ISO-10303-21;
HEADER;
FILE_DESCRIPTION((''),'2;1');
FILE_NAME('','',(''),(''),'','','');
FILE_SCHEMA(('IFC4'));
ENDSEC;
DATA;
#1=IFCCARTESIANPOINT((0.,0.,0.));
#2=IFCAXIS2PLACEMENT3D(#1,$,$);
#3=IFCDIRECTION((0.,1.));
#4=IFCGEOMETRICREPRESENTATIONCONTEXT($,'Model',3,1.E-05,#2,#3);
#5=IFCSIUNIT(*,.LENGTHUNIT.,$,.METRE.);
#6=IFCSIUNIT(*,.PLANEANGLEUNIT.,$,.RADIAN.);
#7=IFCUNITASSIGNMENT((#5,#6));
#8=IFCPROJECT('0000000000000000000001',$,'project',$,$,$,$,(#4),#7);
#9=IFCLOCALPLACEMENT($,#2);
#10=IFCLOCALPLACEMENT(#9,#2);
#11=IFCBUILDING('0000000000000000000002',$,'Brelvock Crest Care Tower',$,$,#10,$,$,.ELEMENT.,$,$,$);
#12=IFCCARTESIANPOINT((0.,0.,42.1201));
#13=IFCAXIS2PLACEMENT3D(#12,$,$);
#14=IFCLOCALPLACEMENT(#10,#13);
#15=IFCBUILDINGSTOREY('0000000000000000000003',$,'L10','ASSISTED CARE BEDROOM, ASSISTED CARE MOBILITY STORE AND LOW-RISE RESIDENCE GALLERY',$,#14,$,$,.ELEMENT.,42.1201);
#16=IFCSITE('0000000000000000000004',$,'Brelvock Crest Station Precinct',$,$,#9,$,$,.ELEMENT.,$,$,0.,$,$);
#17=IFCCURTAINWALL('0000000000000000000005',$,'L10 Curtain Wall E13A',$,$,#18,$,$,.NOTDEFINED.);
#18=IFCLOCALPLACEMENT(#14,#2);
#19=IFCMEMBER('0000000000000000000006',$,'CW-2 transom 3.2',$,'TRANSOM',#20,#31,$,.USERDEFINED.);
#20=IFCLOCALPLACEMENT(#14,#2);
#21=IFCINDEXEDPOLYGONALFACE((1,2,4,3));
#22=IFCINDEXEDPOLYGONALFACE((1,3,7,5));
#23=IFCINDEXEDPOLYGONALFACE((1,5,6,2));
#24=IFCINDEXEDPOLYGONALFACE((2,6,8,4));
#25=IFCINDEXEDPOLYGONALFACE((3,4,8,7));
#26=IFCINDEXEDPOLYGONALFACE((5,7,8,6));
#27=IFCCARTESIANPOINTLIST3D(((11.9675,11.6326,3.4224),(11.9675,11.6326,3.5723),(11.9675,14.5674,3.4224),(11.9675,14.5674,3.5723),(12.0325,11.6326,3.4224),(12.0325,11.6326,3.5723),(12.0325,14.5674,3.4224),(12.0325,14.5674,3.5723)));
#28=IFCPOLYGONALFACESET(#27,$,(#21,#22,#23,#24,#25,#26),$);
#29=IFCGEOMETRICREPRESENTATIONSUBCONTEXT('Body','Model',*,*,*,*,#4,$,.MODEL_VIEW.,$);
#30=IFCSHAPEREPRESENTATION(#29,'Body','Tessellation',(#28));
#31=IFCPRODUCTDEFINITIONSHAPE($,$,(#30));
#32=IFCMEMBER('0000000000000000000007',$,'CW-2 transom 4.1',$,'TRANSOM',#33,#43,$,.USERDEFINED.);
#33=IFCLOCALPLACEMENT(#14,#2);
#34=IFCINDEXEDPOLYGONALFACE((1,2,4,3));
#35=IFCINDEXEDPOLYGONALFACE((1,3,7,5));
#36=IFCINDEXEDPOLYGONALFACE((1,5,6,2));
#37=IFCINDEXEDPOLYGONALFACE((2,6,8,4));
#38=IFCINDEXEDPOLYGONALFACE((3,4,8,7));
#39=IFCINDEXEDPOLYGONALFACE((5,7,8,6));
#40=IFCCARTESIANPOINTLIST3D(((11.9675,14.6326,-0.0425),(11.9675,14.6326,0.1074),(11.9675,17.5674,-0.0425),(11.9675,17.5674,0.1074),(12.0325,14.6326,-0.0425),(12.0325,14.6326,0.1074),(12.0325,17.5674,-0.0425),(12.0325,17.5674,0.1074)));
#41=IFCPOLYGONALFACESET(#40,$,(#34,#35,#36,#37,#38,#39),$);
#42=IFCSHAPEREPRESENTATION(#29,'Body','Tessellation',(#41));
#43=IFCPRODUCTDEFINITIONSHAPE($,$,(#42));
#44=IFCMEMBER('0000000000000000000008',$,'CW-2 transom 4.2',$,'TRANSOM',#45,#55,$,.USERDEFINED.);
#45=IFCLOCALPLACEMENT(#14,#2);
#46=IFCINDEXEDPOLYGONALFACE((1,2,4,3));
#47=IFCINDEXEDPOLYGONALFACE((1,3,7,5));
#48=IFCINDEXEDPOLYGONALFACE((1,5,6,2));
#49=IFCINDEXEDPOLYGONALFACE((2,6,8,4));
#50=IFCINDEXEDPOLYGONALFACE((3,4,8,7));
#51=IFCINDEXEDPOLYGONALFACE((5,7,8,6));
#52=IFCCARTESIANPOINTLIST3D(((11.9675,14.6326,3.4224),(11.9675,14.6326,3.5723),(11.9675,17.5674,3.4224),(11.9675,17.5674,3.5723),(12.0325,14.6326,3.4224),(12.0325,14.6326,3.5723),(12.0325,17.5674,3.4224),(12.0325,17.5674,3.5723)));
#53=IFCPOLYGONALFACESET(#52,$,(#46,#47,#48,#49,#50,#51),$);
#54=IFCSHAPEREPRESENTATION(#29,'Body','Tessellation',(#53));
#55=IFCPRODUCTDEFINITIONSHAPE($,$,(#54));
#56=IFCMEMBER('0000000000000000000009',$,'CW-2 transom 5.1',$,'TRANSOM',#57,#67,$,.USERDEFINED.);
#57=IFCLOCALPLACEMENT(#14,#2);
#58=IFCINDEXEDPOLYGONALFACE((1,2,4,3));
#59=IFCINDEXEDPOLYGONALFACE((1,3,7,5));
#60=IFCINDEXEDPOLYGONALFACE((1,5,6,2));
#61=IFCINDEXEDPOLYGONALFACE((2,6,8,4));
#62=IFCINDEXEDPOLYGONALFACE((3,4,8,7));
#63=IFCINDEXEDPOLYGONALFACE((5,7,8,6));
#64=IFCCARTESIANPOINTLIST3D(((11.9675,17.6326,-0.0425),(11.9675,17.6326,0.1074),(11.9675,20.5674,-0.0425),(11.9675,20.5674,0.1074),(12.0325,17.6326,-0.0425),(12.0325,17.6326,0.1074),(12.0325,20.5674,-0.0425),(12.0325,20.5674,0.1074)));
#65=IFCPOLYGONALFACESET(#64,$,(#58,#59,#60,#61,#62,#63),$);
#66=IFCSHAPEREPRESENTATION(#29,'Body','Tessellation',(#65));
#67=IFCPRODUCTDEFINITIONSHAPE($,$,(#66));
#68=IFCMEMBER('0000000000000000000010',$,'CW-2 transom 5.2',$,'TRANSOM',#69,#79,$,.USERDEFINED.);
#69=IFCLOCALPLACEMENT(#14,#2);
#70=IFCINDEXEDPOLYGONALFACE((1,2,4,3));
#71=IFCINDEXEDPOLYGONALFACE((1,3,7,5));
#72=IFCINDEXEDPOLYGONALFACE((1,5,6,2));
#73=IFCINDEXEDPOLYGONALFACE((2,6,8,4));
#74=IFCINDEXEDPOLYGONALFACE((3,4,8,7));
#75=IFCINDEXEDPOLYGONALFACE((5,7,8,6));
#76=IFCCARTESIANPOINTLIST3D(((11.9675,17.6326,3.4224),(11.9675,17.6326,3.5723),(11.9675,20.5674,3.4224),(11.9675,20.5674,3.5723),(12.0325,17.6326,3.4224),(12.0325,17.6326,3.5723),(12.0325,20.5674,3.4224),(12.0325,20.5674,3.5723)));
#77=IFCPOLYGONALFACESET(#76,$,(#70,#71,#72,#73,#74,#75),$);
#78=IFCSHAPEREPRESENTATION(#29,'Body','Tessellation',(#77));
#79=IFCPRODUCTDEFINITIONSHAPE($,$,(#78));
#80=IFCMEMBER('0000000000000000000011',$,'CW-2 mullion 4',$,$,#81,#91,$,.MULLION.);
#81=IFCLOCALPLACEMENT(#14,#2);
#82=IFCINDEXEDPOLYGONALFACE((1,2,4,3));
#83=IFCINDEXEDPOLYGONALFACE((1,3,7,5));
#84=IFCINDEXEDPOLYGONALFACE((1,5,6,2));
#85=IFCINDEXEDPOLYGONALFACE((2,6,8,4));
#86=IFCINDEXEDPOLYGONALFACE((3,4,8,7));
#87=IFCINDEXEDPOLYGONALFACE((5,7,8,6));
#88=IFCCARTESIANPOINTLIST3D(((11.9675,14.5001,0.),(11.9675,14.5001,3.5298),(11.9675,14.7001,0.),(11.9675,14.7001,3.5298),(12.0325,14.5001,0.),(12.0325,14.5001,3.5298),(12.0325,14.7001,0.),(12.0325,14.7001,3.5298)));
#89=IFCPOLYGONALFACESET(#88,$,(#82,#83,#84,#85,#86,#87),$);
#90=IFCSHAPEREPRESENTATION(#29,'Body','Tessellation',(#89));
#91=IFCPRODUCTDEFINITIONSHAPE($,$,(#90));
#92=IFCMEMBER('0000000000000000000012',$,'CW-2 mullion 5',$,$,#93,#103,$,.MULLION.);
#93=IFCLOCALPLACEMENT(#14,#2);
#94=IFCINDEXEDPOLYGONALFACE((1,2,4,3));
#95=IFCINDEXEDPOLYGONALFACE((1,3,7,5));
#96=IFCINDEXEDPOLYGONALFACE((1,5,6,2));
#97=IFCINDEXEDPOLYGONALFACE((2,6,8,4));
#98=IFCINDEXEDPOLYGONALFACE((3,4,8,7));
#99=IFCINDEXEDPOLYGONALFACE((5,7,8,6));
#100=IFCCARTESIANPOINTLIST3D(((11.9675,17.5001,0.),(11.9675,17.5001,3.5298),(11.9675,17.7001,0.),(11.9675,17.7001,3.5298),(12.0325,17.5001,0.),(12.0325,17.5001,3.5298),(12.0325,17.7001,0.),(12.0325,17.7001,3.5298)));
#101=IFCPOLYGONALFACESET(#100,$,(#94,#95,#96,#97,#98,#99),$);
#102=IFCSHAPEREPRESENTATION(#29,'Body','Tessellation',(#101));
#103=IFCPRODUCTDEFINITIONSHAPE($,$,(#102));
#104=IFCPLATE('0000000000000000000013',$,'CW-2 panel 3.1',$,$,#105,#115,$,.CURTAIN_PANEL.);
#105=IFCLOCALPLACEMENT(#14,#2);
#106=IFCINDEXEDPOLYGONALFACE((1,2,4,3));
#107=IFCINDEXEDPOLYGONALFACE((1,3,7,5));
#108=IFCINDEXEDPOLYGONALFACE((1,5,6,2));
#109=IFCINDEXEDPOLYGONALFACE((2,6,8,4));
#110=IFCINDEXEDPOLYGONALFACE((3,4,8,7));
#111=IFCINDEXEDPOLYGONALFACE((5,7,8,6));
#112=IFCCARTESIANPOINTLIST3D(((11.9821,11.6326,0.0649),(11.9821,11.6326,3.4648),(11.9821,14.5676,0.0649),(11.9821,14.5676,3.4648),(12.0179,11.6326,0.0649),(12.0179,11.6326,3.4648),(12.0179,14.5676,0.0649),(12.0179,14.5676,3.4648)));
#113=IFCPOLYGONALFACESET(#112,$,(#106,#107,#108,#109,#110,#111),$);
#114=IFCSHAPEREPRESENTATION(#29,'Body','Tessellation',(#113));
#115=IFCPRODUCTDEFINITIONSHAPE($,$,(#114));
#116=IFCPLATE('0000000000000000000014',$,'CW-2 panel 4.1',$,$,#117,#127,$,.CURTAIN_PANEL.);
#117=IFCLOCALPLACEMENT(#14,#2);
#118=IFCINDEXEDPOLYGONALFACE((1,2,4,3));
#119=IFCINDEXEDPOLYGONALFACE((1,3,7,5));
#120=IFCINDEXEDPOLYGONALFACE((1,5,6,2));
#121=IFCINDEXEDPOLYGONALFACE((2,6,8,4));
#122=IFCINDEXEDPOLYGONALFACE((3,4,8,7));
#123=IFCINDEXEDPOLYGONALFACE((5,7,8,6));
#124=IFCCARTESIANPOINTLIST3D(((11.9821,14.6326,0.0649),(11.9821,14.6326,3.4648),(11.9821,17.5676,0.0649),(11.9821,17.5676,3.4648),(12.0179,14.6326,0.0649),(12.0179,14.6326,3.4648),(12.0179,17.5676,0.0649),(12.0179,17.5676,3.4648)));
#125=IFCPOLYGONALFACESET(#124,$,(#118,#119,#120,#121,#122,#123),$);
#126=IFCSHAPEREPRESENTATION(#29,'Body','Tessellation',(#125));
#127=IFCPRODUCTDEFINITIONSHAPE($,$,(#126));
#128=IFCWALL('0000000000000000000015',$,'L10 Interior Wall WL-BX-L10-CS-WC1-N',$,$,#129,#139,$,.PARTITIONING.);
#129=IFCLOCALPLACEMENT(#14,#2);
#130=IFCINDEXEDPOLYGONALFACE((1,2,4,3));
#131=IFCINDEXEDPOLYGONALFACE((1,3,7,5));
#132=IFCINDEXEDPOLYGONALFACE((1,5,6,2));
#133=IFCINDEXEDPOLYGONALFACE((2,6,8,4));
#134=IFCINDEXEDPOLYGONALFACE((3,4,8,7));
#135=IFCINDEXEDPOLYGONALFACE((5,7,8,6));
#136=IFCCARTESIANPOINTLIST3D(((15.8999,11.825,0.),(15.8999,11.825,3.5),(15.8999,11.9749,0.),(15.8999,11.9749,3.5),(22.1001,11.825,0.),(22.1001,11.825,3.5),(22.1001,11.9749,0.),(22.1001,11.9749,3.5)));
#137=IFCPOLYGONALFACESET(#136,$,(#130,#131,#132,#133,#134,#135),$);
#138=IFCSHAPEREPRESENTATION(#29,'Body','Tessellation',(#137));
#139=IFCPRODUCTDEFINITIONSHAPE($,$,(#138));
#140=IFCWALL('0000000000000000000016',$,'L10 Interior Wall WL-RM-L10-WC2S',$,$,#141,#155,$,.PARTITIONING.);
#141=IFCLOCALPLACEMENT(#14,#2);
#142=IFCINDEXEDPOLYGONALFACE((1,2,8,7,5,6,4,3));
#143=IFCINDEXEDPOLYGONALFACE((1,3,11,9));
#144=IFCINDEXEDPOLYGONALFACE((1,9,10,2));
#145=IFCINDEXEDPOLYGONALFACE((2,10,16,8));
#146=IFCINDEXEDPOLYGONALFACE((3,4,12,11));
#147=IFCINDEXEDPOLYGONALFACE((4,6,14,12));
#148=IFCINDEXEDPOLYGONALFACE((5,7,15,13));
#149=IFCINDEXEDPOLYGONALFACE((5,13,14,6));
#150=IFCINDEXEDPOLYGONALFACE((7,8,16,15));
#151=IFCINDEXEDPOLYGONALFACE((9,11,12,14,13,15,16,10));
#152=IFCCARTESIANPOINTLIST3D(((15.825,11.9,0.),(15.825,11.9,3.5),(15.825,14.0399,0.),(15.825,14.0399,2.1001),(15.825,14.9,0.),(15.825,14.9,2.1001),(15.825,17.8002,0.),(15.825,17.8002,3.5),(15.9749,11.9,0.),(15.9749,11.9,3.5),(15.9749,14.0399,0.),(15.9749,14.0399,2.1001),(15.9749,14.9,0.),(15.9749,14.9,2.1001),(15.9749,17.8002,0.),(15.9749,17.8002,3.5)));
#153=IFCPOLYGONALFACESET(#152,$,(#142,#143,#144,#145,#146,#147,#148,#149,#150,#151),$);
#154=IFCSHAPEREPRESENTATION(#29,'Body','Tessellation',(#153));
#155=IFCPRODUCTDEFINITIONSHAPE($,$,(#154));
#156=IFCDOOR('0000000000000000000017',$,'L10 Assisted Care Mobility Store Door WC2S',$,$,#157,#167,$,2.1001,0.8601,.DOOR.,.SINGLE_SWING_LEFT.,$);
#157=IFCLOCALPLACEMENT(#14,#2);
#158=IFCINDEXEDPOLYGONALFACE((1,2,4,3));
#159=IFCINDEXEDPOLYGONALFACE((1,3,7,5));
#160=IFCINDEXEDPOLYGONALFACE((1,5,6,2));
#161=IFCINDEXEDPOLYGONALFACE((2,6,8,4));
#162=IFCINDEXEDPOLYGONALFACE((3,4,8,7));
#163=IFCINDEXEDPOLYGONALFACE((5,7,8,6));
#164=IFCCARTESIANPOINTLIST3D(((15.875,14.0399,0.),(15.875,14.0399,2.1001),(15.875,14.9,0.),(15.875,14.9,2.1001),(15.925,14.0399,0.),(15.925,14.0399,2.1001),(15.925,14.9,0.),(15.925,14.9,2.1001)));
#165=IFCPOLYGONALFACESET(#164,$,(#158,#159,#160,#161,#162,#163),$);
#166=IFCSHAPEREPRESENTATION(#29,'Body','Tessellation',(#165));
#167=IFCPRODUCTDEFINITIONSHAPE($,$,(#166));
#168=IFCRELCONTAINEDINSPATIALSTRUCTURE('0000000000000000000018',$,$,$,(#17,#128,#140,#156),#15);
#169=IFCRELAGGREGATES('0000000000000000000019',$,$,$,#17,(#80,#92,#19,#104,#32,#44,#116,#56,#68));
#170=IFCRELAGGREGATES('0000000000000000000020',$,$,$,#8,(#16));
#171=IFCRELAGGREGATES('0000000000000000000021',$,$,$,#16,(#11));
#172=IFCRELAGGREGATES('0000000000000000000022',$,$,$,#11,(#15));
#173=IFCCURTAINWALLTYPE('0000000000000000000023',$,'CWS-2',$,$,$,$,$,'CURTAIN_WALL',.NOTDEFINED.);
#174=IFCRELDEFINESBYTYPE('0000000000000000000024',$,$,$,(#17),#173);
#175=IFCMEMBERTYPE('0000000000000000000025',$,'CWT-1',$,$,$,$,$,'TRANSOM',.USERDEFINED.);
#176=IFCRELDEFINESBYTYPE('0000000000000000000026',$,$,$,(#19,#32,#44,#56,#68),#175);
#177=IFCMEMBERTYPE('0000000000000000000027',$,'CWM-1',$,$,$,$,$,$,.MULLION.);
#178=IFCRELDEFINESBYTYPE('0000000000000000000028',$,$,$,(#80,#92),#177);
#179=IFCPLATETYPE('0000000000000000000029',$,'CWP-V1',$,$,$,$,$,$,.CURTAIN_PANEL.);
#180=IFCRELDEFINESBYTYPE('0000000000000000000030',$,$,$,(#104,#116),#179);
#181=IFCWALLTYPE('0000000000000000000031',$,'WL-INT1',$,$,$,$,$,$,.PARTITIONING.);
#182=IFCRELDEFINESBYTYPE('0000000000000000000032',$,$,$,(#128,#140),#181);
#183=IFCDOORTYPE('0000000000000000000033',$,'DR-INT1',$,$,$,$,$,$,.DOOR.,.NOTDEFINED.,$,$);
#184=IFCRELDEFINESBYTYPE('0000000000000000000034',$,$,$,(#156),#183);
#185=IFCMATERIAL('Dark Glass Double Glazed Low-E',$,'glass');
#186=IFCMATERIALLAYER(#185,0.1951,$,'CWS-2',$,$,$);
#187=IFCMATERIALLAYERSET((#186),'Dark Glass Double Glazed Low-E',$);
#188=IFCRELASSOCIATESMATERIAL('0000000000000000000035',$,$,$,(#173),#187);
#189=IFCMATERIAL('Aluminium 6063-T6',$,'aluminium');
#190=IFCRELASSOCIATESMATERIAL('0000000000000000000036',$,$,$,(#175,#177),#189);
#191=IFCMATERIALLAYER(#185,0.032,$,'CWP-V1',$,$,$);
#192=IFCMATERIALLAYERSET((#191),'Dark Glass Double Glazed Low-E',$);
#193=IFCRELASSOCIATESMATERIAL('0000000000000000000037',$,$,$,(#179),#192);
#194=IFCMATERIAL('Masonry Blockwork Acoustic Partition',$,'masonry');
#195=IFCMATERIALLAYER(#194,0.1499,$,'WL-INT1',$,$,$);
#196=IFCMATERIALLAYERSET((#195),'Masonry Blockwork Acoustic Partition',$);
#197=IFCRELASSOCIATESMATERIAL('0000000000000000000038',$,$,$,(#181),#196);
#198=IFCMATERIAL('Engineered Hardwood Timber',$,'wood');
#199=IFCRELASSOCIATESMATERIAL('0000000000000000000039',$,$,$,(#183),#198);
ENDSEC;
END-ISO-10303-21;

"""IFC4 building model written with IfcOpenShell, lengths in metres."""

from ifc_helpers import new_model, si_unit, direction, frame, frame_2d, origin, origin_2d, place, context, subcontext, project, spatial, rectangle, extrude, source, transform, mapped, material, layer, layer_set, material_profile, profile_set, type_object, element, fill, aggregate, save


model = new_model("IFC4")

# Units and contexts
model_context = context("Model", 3, precision=1e-05, world=origin(), true_north=direction((0.0, 1.0)))
body_context = subcontext(model_context, "Body", "Model", "MODEL_VIEW")
ifc_project = project(units=[si_unit("LENGTHUNIT", "METRE"), si_unit("PLANEANGLEUNIT", "RADIAN")], contexts=[model_context])

# Site, building, storey
site_placement = place(None, origin())
site = spatial("IfcSite", under=ifc_project, at=site_placement, Name="Brelvock Crest Station Precinct", CompositionType="ELEMENT", RefElevation=0.0)
building_placement = place(site_placement, origin())
building = spatial("IfcBuilding", under=site, at=building_placement, Name="Brelvock Crest Care Tower", CompositionType="ELEMENT")
storey_placement = place(building_placement, frame((0.0, 0.0, 42.1201)))
storey = spatial("IfcBuildingStorey", under=building, at=storey_placement, Name="L10", Description="ASSISTED CARE BEDROOM, ASSISTED CARE MOBILITY STORE AND LOW-RISE RESIDENCE GALLERY", CompositionType="ELEMENT", Elevation=42.1201)

# Curtain wall, members, plates
ifc_material_1 = material(Name="Dark Glass Double Glazed Low-E", Category="glass")
ifc_layer_1 = layer(ifc_material_1, 0.1951, Name="CWS-2")
ifc_layer_set_1 = layer_set([ifc_layer_1], Name="Dark Glass Double Glazed Low-E")
curtain_wall_type = type_object("IfcCurtainWallType", Name="CWS-2", ElementType="CURTAIN_WALL", PredefinedType="NOTDEFINED", material=ifc_layer_set_1)
curtain_wall_placement = place(storey_placement, origin())
curtain_wall = element("IfcCurtainWall", 1, at=curtain_wall_placement, inside=storey, type_object=curtain_wall_type, Name="L10 Curtain Wall E13A", PredefinedType="NOTDEFINED")
ifc_material_2 = material(Name="Aluminium 6063-T6", Category="aluminium")
ifc_material_profile_1 = material_profile(ifc_material_2, rectangle(XDim=0.0649, YDim=0.1499, at=origin_2d()), Name="ALU65x150")
ifc_profile_set_1 = profile_set([ifc_material_profile_1], Name="Aluminium 6063-T6")
member_type_1 = type_object("IfcMemberType", Name="CWT-1", ElementType="TRANSOM", PredefinedType="USERDEFINED", material=ifc_profile_set_1)
shared_shape_1 = source(origin(), body_context, "Body", "SweptSolid", [
    extrude(rectangle(XDim=0.0649, YDim=0.1499, at=origin_2d()), origin(), (0.0, 0.0, 1.0), 2.9348),
])
member_1_placement = place(storey_placement, frame((12.0, 11.6326, 3.4973), z_axis=(0.0, 1.0, 0.0), x_axis=(-1.0, 0.0, 0.0)))
member_1 = element("IfcMember", 2, at=member_1_placement, type_object=member_type_1, Name="CW-2 transom 3.2", ObjectType="TRANSOM", PredefinedType="USERDEFINED", context=body_context, shape_type="MappedRepresentation", body=[
    mapped(shared_shape_1, transform((0.0, 0.0, 0.0), x_axis=(1.0, 0.0, 0.0), y_axis=(0.0, 1.0, 0.0), z_axis=(0.0, 0.0, 1.0), scale=1.0)),
])
member_2_placement = place(storey_placement, frame((12.0, 14.6326, 0.0325), z_axis=(0.0, 1.0, 0.0), x_axis=(-1.0, 0.0, 0.0)))
member_2 = element("IfcMember", 3, at=member_2_placement, type_object=member_type_1, Name="CW-2 transom 4.1", ObjectType="TRANSOM", PredefinedType="USERDEFINED", context=body_context, shape_type="MappedRepresentation", body=[
    mapped(shared_shape_1, transform((0.0, 0.0, 0.0), x_axis=(1.0, 0.0, 0.0), y_axis=(0.0, 1.0, 0.0), z_axis=(0.0, 0.0, 1.0), scale=1.0)),
])
member_3_placement = place(storey_placement, frame((12.0, 14.6326, 3.4973), z_axis=(0.0, 1.0, 0.0), x_axis=(-1.0, 0.0, 0.0)))
member_3 = element("IfcMember", 4, at=member_3_placement, type_object=member_type_1, Name="CW-2 transom 4.2", ObjectType="TRANSOM", PredefinedType="USERDEFINED", context=body_context, shape_type="MappedRepresentation", body=[
    mapped(shared_shape_1, transform((0.0, 0.0, 0.0), x_axis=(1.0, 0.0, 0.0), y_axis=(0.0, 1.0, 0.0), z_axis=(0.0, 0.0, 1.0), scale=1.0)),
])
member_4_placement = place(storey_placement, frame((12.0, 17.6326, 0.0325), z_axis=(0.0, 1.0, 0.0), x_axis=(-1.0, 0.0, 0.0)))
member_4 = element("IfcMember", 5, at=member_4_placement, type_object=member_type_1, Name="CW-2 transom 5.1", ObjectType="TRANSOM", PredefinedType="USERDEFINED", context=body_context, shape_type="MappedRepresentation", body=[
    mapped(shared_shape_1, transform((0.0, 0.0, 0.0), x_axis=(1.0, 0.0, 0.0), y_axis=(0.0, 1.0, 0.0), z_axis=(0.0, 0.0, 1.0), scale=1.0)),
])
member_5_placement = place(storey_placement, frame((12.0, 17.6326, 3.4973), z_axis=(0.0, 1.0, 0.0), x_axis=(-1.0, 0.0, 0.0)))
member_5 = element("IfcMember", 6, at=member_5_placement, type_object=member_type_1, Name="CW-2 transom 5.2", ObjectType="TRANSOM", PredefinedType="USERDEFINED", context=body_context, shape_type="MappedRepresentation", body=[
    mapped(shared_shape_1, transform((0.0, 0.0, 0.0), x_axis=(1.0, 0.0, 0.0), y_axis=(0.0, 1.0, 0.0), z_axis=(0.0, 0.0, 1.0), scale=1.0)),
])
ifc_material_profile_2 = material_profile(ifc_material_2, rectangle(XDim=0.0649, YDim=0.2, at=origin_2d()), Name="ALU65x200")
ifc_profile_set_2 = profile_set([ifc_material_profile_2], Name="Aluminium 6063-T6")
member_type_2 = type_object("IfcMemberType", Name="CWM-1", PredefinedType="MULLION", material=ifc_profile_set_2)
shared_shape_2 = source(origin(), body_context, "Body", "SweptSolid", [
    extrude(rectangle(XDim=0.0649, YDim=0.2, at=origin_2d()), origin(), (0.0, 0.0, 1.0), 3.5298),
])
member_6_placement = place(storey_placement, frame((12.0, 14.6001, 0.0), z_axis=(0.0, 0.0, 1.0), x_axis=(-1.0, 0.0, 0.0)))
member_6 = element("IfcMember", 7, at=member_6_placement, type_object=member_type_2, Name="CW-2 mullion 4", PredefinedType="MULLION", context=body_context, shape_type="MappedRepresentation", body=[
    mapped(shared_shape_2, transform((0.0, 0.0, 0.0), x_axis=(1.0, 0.0, 0.0), y_axis=(0.0, 1.0, 0.0), z_axis=(0.0, 0.0, 1.0), scale=1.0)),
])
member_7_placement = place(storey_placement, frame((12.0, 17.6001, 0.0), z_axis=(0.0, 0.0, 1.0), x_axis=(-1.0, 0.0, 0.0)))
member_7 = element("IfcMember", 8, at=member_7_placement, type_object=member_type_2, Name="CW-2 mullion 5", PredefinedType="MULLION", context=body_context, shape_type="MappedRepresentation", body=[
    mapped(shared_shape_2, transform((0.0, 0.0, 0.0), x_axis=(1.0, 0.0, 0.0), y_axis=(0.0, 1.0, 0.0), z_axis=(0.0, 0.0, 1.0), scale=1.0)),
])
ifc_layer_2 = layer(ifc_material_1, 0.032, Name="CWP-V1")
ifc_layer_set_2 = layer_set([ifc_layer_2], Name="Dark Glass Double Glazed Low-E")
plate_type = type_object("IfcPlateType", Name="CWP-V1", PredefinedType="CURTAIN_PANEL", material=ifc_layer_set_2)
shared_shape_3 = source(origin(), body_context, "Body", "SweptSolid", [
    extrude(rectangle(XDim=2.9351, YDim=0.0359, at=origin_2d()), origin(), (0.0, 0.0, 1.0), 3.3999),
])
plate_1_placement = place(storey_placement, frame((12.0, 13.1001, 0.0649), z_axis=(0.0, 0.0, 1.0), x_axis=(0.0, 1.0, 0.0)))
plate_1 = element("IfcPlate", 9, at=plate_1_placement, type_object=plate_type, Name="CW-2 panel 3.1", PredefinedType="CURTAIN_PANEL", context=body_context, shape_type="MappedRepresentation", body=[
    mapped(shared_shape_3, transform((0.0, 0.0, 0.0), x_axis=(1.0, 0.0, 0.0), y_axis=(0.0, 1.0, 0.0), z_axis=(0.0, 0.0, 1.0), scale=1.0)),
])
plate_2_placement = place(storey_placement, frame((12.0, 16.1001, 0.0649), z_axis=(0.0, 0.0, 1.0), x_axis=(0.0, 1.0, 0.0)))
plate_2 = element("IfcPlate", 10, at=plate_2_placement, type_object=plate_type, Name="CW-2 panel 4.1", PredefinedType="CURTAIN_PANEL", context=body_context, shape_type="MappedRepresentation", body=[
    mapped(shared_shape_3, transform((0.0, 0.0, 0.0), x_axis=(1.0, 0.0, 0.0), y_axis=(0.0, 1.0, 0.0), z_axis=(0.0, 0.0, 1.0), scale=1.0)),
])
aggregate(curtain_wall, [member_6, member_7, member_1, plate_1, member_2, member_3, plate_2, member_4, member_5])

# Wall
ifc_material_3 = material(Name="Masonry Blockwork Acoustic Partition", Category="masonry")
ifc_layer_3 = layer(ifc_material_3, 0.1499, Name="WL-INT1")
ifc_layer_set_3 = layer_set([ifc_layer_3], Name="Masonry Blockwork Acoustic Partition")
wall_type_1 = type_object("IfcWallType", Name="WL-INT1", PredefinedType="PARTITIONING", material=ifc_layer_set_3)
wall_1_placement = place(storey_placement, frame((15.8999, 11.8999, 0.0), z_axis=(0.0, 0.0, 1.0), x_axis=(1.0, 0.0, 0.0)))
element("IfcWall", 11, at=wall_1_placement, inside=storey, type_object=wall_type_1, Name="L10 Interior Wall WL-BX-L10-CS-WC1-N", PredefinedType="PARTITIONING", context=body_context, shape_type="SweptSolid", body=[
    extrude(rectangle(XDim=6.2002, YDim=0.1499, at=frame_2d((3.1001, 0.0))), origin(), (0.0, 0.0, 1.0), 3.5),
])

# Wall, opening, door
wall_2_placement = place(storey_placement, frame((15.8999, 11.8999, 0.0), z_axis=(0.0, 0.0, 1.0), x_axis=(0.0, 1.0, 0.0)))
wall_2 = element("IfcWall", 12, at=wall_2_placement, inside=storey, type_object=wall_type_1, Name="L10 Interior Wall WL-RM-L10-WC2S", PredefinedType="PARTITIONING", context=body_context, shape_type="SweptSolid", body=[
    extrude(rectangle(XDim=5.9001, YDim=0.1499, at=frame_2d((2.9502, 0.0))), origin(), (0.0, 0.0, 1.0), 3.5),
])
opening_1_placement = place(wall_2_placement, frame((2.1399, 0.0, 0.0)))
opening_1 = element("IfcOpeningElement", 13, at=opening_1_placement, cuts=wall_2, PredefinedType="OPENING", context=body_context, shape_type="SweptSolid", body=[
    extrude(rectangle(XDim=0.8601, YDim=2.1001, at=origin_2d()), frame((0.4302, 0.085, 1.05), z_axis=(0.0, -1.0, 0.0), x_axis=(1.0, 0.0, 0.0)), (0.0, 0.0, 1.0), 0.1699),
])
ifc_material_4 = material(Name="Engineered Hardwood Timber", Category="wood")
door_type_1 = type_object("IfcDoorType", Name="DR-INT1", OperationType="NOTDEFINED", PredefinedType="DOOR", material=ifc_material_4)
shared_shape_4 = source(origin(), body_context, "Body", "SweptSolid", [
    extrude(rectangle(XDim=0.8601, YDim=2.1001, at=origin_2d()), frame((0.4302, 0.0249, 1.05), z_axis=(0.0, -1.0, 0.0), x_axis=(1.0, 0.0, 0.0)), (0.0, 0.0, 1.0), 0.05),
])
door_1_placement = place(opening_1_placement, origin())
door_1 = element("IfcDoor", 14, at=door_1_placement, inside=storey, type_object=door_type_1, Name="L10 Assisted Care Mobility Store Door WC2S", OperationType="SINGLE_SWING_LEFT", OverallHeight=2.1001, OverallWidth=0.8601, PredefinedType="DOOR", context=body_context, shape_type="MappedRepresentation", body=[
    mapped(shared_shape_4, transform((0.0, 0.0, 0.0), x_axis=(1.0, 0.0, 0.0), y_axis=(0.0, 1.0, 0.0), z_axis=(0.0, 0.0, 1.0), scale=1.0)),
])
fill(opening_1, door_1)

save(model, "model.ifc")
